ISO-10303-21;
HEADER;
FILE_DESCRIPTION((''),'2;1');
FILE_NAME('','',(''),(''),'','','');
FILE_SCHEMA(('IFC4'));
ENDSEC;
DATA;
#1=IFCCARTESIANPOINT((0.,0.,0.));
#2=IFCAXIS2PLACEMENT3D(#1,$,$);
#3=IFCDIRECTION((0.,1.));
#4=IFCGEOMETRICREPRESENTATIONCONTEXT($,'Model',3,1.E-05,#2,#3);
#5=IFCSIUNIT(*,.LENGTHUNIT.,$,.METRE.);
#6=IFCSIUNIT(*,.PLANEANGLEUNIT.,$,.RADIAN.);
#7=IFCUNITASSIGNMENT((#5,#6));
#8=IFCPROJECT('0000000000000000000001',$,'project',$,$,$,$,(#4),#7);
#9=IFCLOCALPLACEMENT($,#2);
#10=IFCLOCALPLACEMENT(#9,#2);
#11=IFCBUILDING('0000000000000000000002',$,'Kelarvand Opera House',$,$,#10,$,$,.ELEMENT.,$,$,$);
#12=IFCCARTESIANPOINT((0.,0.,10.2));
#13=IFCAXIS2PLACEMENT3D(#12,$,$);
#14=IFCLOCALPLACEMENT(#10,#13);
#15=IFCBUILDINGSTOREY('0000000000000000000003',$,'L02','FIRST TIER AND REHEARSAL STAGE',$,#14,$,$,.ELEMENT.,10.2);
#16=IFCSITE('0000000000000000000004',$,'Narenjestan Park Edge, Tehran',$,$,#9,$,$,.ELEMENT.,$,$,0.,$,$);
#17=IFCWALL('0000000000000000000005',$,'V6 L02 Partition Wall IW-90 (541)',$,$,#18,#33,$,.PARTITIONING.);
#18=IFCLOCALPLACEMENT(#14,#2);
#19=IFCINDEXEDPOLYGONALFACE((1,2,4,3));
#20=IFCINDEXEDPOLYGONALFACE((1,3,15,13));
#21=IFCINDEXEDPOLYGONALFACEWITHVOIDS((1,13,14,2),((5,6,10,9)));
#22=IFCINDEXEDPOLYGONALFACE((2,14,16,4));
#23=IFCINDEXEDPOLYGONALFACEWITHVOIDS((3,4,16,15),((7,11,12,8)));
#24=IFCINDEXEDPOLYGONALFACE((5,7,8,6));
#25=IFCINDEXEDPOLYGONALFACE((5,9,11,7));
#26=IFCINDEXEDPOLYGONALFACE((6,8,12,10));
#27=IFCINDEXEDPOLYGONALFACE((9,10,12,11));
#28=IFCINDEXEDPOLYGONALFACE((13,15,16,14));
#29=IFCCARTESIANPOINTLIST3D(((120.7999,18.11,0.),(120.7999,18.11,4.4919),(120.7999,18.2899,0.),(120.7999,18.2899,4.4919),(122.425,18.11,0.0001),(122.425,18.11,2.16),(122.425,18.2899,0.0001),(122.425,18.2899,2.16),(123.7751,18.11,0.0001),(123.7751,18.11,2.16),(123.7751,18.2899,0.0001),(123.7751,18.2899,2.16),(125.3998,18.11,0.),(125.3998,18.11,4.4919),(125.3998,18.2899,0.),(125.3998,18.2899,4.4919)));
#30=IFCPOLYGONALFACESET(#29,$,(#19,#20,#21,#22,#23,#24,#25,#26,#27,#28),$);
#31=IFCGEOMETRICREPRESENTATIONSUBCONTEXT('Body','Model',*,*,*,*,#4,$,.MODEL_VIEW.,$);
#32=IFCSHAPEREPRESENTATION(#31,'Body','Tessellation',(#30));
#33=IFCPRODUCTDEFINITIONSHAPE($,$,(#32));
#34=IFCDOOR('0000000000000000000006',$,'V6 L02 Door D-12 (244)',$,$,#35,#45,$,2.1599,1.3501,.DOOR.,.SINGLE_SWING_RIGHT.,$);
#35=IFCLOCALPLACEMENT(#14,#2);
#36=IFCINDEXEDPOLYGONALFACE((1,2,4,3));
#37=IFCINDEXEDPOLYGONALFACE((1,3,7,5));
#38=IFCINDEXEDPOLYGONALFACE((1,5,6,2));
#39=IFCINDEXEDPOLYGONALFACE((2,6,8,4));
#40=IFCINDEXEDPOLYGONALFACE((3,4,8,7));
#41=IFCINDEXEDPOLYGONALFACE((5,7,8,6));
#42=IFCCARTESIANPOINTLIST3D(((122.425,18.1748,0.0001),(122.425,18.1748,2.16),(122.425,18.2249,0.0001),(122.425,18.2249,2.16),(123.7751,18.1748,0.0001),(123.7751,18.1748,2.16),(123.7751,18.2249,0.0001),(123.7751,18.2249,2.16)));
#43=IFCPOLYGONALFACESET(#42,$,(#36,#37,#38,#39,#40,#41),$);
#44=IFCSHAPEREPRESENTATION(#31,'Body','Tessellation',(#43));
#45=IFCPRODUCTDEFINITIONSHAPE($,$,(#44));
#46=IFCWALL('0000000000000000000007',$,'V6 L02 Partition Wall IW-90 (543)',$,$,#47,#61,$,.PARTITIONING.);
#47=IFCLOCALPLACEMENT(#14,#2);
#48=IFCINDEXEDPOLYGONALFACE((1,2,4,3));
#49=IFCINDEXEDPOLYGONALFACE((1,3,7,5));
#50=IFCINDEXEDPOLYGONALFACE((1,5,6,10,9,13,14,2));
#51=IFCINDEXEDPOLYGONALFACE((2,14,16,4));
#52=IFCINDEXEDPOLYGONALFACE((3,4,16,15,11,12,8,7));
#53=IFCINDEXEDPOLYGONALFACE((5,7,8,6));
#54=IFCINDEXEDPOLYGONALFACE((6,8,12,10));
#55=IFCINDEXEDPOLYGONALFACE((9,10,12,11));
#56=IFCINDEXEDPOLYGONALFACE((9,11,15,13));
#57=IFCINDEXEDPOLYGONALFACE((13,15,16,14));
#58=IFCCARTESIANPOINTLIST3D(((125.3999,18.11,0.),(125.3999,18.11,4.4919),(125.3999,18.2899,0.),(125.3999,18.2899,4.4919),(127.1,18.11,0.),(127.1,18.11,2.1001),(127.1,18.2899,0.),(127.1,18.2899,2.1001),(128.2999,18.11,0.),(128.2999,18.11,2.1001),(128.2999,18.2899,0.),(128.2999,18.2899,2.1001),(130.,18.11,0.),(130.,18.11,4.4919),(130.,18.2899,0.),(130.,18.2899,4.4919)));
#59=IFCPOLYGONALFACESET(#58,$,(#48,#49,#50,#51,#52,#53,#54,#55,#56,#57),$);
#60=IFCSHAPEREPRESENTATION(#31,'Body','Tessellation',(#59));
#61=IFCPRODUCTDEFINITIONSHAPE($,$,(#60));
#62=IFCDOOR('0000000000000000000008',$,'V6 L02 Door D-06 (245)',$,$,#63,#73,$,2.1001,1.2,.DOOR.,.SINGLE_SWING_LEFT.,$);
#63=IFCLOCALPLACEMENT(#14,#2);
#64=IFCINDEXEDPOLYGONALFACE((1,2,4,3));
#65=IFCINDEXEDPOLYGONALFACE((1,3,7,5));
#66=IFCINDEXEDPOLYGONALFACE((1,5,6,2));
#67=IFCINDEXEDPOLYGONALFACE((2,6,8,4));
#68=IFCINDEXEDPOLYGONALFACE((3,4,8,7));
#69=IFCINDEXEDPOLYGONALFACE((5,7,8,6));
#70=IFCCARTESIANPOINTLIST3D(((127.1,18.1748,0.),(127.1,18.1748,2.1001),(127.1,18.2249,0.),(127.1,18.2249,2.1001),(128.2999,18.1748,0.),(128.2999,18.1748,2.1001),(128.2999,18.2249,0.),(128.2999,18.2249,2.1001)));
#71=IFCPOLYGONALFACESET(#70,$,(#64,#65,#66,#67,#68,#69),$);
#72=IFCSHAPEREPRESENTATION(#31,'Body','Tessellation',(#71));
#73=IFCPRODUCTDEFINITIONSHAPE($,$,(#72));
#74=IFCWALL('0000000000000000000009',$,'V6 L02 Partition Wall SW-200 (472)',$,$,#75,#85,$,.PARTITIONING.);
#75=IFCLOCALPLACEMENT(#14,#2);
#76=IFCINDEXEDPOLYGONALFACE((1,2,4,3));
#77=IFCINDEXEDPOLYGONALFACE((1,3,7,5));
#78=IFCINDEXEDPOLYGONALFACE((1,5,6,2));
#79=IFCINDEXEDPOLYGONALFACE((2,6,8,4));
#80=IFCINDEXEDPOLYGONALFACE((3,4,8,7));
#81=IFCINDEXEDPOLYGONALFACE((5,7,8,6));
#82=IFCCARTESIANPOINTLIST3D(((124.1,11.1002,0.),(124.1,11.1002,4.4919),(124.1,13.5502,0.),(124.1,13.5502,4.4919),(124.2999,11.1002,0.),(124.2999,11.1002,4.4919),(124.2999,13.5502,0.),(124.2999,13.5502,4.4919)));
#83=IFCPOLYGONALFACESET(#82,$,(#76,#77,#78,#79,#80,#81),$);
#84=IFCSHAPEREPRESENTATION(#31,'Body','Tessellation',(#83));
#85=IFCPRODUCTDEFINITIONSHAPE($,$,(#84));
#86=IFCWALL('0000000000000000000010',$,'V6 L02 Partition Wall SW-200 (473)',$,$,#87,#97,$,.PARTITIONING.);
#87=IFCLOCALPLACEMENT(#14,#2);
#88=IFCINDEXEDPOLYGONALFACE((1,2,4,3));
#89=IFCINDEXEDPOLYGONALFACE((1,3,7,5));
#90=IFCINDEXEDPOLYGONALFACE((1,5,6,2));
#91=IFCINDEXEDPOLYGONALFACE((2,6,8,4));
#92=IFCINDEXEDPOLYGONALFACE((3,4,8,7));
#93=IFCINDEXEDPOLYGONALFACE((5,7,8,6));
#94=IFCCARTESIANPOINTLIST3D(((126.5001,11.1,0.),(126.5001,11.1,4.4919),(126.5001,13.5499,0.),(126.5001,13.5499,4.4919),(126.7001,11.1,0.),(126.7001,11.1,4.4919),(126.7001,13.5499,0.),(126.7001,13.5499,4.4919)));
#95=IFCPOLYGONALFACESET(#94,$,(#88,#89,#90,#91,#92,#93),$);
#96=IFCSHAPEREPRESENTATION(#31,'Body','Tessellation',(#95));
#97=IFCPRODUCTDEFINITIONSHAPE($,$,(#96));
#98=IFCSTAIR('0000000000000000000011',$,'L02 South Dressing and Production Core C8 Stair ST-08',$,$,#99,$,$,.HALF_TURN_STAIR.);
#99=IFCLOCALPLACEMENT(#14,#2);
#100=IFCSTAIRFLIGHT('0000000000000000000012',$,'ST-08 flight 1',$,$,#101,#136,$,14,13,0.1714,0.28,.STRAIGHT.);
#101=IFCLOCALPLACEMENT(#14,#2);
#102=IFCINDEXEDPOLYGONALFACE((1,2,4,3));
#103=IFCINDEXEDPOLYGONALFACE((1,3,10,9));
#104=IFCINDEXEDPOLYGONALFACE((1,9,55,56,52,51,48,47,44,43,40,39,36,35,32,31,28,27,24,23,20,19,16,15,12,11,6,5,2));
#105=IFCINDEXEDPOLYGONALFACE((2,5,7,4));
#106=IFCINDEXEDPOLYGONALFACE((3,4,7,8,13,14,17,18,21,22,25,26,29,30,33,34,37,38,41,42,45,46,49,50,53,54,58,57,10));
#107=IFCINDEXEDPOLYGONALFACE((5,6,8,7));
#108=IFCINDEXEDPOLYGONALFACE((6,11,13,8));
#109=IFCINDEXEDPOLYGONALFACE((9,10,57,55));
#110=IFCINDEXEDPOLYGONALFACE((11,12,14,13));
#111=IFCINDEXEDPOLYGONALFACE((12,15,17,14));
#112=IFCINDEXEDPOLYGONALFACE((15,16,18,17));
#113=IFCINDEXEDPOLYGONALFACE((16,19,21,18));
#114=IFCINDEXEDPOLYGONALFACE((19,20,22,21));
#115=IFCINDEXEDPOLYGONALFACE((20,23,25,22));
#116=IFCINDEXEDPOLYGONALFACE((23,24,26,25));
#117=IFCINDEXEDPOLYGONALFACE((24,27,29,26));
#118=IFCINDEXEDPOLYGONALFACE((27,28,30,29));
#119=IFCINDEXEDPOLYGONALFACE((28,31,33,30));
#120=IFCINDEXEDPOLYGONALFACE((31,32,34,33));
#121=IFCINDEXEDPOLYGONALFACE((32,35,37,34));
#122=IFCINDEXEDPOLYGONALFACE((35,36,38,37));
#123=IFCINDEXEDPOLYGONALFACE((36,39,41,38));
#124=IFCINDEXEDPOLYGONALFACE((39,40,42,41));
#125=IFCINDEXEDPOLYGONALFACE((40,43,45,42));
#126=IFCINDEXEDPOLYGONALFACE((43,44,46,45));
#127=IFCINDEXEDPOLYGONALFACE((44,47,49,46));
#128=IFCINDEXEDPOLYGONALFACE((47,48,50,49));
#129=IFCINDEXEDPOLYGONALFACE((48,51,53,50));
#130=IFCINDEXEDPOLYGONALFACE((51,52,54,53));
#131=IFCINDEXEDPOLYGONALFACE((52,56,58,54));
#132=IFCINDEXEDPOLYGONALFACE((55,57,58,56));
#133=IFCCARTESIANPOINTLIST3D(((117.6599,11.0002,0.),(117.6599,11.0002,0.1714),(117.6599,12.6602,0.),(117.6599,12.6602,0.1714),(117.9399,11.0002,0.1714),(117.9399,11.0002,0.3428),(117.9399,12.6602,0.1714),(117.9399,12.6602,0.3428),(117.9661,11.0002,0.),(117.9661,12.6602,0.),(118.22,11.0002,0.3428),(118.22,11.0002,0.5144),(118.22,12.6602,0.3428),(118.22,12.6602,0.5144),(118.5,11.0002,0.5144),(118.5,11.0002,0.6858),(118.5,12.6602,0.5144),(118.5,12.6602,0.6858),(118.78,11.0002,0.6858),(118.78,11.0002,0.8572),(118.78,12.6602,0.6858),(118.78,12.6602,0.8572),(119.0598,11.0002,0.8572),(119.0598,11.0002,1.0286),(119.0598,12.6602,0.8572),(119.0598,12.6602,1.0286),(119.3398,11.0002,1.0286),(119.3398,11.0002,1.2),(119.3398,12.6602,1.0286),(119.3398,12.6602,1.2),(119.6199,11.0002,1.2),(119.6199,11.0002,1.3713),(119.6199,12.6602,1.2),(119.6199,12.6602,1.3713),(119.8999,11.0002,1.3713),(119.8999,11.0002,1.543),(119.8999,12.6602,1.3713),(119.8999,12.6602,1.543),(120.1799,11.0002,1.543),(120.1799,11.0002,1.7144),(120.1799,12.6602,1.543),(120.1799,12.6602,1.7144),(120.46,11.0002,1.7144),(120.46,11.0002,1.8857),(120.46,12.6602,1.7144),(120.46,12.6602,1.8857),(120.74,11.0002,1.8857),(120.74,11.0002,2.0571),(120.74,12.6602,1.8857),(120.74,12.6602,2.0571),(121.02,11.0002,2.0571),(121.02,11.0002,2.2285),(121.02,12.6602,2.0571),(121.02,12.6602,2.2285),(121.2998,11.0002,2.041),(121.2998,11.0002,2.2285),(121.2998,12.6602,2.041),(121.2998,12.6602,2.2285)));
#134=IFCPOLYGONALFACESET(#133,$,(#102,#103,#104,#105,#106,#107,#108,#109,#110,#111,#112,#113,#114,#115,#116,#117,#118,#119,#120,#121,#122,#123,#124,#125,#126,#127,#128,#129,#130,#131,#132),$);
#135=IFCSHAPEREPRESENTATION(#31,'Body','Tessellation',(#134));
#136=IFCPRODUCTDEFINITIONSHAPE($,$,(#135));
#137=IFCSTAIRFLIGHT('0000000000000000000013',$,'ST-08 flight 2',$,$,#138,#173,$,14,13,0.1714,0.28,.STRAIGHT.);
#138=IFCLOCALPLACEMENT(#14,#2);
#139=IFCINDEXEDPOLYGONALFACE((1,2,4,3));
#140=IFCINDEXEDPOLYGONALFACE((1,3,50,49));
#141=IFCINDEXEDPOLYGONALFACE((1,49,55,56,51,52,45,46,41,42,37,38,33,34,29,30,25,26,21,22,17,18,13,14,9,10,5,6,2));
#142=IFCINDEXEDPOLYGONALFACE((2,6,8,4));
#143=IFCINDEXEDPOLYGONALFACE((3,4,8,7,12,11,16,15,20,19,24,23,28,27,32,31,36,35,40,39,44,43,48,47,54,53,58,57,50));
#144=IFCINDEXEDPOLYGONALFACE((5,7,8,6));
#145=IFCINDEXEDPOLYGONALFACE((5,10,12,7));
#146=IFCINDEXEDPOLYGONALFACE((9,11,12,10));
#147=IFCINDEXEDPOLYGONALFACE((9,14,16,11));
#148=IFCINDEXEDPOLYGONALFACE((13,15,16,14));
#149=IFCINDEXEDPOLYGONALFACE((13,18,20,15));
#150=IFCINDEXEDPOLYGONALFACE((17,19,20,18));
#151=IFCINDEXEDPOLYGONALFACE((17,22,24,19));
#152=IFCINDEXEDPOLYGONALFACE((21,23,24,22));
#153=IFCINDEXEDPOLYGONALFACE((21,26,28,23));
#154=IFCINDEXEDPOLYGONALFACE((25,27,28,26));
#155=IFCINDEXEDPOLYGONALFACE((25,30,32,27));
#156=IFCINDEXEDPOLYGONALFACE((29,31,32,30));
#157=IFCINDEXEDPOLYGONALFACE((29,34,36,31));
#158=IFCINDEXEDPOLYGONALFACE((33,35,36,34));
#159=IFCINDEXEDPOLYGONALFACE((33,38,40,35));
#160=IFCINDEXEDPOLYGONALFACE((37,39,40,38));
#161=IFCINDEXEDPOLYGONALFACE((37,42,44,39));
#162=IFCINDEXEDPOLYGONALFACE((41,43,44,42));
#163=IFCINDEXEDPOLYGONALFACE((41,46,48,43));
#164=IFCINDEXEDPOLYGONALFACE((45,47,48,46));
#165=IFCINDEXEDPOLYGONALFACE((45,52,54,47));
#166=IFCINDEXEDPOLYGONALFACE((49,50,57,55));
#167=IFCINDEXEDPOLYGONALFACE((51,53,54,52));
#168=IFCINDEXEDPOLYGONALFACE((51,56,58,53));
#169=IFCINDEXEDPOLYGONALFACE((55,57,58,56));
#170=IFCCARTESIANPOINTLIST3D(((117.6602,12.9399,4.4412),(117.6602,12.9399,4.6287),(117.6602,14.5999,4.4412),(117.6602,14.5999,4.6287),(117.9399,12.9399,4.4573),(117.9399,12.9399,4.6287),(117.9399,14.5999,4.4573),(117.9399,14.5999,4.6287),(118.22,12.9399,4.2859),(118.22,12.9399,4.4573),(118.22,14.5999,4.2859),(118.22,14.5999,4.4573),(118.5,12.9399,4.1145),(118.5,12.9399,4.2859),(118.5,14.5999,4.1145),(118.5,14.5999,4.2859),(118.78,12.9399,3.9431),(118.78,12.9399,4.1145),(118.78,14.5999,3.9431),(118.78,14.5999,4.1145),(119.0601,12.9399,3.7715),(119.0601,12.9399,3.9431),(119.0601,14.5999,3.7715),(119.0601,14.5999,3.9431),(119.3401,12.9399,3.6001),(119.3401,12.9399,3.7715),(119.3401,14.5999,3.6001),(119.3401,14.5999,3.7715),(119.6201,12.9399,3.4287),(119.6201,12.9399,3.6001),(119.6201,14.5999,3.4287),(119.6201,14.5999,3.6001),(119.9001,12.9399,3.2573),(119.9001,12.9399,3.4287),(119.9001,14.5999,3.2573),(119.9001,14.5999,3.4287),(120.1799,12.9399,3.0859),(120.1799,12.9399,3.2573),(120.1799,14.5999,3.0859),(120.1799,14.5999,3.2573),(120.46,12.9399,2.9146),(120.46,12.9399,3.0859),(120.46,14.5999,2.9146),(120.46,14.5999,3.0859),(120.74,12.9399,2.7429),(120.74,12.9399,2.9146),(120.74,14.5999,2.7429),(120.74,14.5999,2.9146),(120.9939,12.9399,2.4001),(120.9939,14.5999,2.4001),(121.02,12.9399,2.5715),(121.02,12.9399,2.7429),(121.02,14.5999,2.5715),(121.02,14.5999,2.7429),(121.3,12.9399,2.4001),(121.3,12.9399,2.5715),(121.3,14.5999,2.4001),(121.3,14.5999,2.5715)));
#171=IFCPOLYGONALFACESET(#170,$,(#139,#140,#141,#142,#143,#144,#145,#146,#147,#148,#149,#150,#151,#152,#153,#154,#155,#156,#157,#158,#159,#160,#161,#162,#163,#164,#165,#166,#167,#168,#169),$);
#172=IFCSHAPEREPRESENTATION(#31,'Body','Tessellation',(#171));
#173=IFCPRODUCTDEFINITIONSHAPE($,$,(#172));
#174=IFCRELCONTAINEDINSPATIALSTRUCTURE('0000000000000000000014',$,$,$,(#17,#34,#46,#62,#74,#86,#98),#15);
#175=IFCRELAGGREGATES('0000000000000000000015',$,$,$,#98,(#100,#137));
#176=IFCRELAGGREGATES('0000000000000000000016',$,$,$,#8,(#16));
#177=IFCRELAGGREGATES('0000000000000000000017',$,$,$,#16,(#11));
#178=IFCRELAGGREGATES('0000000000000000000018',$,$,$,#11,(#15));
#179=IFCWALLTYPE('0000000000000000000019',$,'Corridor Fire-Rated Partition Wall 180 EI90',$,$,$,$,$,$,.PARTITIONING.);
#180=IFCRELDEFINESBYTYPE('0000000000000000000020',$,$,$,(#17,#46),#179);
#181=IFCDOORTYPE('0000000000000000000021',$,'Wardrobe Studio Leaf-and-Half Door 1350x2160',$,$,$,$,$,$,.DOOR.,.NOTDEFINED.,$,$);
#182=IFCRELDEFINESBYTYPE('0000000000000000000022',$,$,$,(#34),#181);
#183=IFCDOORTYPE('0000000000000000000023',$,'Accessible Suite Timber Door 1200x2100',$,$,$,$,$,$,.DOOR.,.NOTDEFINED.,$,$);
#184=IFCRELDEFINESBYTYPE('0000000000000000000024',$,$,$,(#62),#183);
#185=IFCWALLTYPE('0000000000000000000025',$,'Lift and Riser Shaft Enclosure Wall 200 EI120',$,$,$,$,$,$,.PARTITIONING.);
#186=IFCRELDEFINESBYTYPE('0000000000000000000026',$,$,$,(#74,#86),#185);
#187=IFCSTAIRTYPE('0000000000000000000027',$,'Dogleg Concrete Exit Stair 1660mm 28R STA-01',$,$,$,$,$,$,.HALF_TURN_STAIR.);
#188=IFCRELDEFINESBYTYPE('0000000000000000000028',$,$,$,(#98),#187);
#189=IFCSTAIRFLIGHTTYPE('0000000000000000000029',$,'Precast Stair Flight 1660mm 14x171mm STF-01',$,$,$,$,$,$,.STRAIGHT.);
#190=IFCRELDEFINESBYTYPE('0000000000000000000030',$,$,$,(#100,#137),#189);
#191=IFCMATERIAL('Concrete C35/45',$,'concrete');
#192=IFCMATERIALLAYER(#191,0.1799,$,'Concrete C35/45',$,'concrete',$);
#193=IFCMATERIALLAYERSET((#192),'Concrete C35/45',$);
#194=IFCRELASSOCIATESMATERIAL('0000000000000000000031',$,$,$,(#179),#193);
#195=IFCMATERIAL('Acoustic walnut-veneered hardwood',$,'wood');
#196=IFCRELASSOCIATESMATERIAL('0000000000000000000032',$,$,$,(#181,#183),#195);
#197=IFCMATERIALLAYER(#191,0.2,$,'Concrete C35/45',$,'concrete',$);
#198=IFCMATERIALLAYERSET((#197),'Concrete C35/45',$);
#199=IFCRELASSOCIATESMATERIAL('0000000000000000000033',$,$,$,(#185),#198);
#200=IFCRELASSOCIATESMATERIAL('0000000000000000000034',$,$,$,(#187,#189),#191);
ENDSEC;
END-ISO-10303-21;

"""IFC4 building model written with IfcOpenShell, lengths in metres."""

from ifc_helpers import new_model, si_unit, direction, frame, frame_2d, origin, place, context, subcontext, project, spatial, polyline, rectangle, outline, extrude, material, layer, layer_set, type_object, element, fill, aggregate, save


model = new_model("IFC4")

# Units and contexts
model_context = context("Model", 3, precision=1e-05, world=origin(), true_north=direction((0.0, 1.0)))
body_context = subcontext(model_context, "Body", "Model", "MODEL_VIEW")
ifc_project = project(units=[si_unit("LENGTHUNIT", "METRE"), si_unit("PLANEANGLEUNIT", "RADIAN")], contexts=[model_context])

# Site, building, storey
site_placement = place(None, origin())
site = spatial("IfcSite", under=ifc_project, at=site_placement, Name="Narenjestan Park Edge, Tehran", CompositionType="ELEMENT", RefElevation=0.0)
building_placement = place(site_placement, origin())
building = spatial("IfcBuilding", under=site, at=building_placement, Name="Kelarvand Opera House", CompositionType="ELEMENT")
storey_placement = place(building_placement, frame((0.0, 0.0, 10.2)))
storey = spatial("IfcBuildingStorey", under=building, at=storey_placement, Name="L02", Description="FIRST TIER AND REHEARSAL STAGE", CompositionType="ELEMENT", Elevation=10.2)

# Walls, openings, doors
ifc_material_1 = material(Name="Concrete C35/45", Category="concrete")
ifc_layer_1 = layer(ifc_material_1, 0.1799, Name="Concrete C35/45", Category="concrete")
ifc_layer_set_1 = layer_set([ifc_layer_1], Name="Concrete C35/45")
wall_type_1 = type_object("IfcWallType", Name="Corridor Fire-Rated Partition Wall 180 EI90", PredefinedType="PARTITIONING", material=ifc_layer_set_1)
ifc_material_2 = material(Name="Acoustic walnut-veneered hardwood", Category="wood")
wall_1_placement = place(storey_placement, frame((120.8, 18.2, 0.0), z_axis=(0.0, 0.0, 1.0), x_axis=(1.0, 0.0, 0.0)))
wall_1 = element("IfcWall", 1, at=wall_1_placement, inside=storey, type_object=wall_type_1, Name="V6 L02 Partition Wall IW-90 (541)", PredefinedType="PARTITIONING", context=body_context, shape_type="SweptSolid", body=[
    extrude(rectangle(XDim=4.5999, YDim=0.1799, at=frame_2d((2.2998, 0.0))), origin(), (0.0, 0.0, 1.0), 4.4919),
])
opening_1_placement = place(wall_1_placement, frame((1.625, 0.0, 0.0)))
opening_1 = element("IfcOpeningElement", 2, at=opening_1_placement, cuts=wall_1, PredefinedType="OPENING", context=body_context, shape_type="SweptSolid", body=[
    extrude(rectangle(XDim=1.3501, YDim=2.1599, at=frame_2d((0.675, 1.0801))), frame((0.0, 0.1001, 0.0), z_axis=(0.0, -1.0, 0.0), x_axis=(1.0, 0.0, 0.0)), (0.0, 0.0, 1.0), 0.2),
])
door_type_1 = type_object("IfcDoorType", Name="Wardrobe Studio Leaf-and-Half Door 1350x2160", OperationType="NOTDEFINED", PredefinedType="DOOR", material=ifc_material_2)
door_1_placement = place(opening_1_placement, origin())
door_1 = element("IfcDoor", 3, at=door_1_placement, inside=storey, type_object=door_type_1, Name="V6 L02 Door D-12 (244)", OperationType="SINGLE_SWING_RIGHT", OverallHeight=2.1599, OverallWidth=1.3501, PredefinedType="DOOR", context=body_context, shape_type="SweptSolid", body=[
    extrude(rectangle(XDim=1.3501, YDim=2.1599, at=frame_2d((0.675, 1.0801))), frame((0.0, 0.0249, 0.0), z_axis=(0.0, -1.0, 0.0), x_axis=(1.0, 0.0, 0.0)), (0.0, 0.0, 1.0), 0.05),
])
fill(opening_1, door_1)
wall_2_placement = place(storey_placement, frame((125.3999, 18.2, 0.0), z_axis=(0.0, 0.0, 1.0), x_axis=(1.0, 0.0, 0.0)))
wall_2 = element("IfcWall", 4, at=wall_2_placement, inside=storey, type_object=wall_type_1, Name="V6 L02 Partition Wall IW-90 (543)", PredefinedType="PARTITIONING", context=body_context, shape_type="SweptSolid", body=[
    extrude(rectangle(XDim=4.6001, YDim=0.1799, at=frame_2d((2.3, 0.0))), origin(), (0.0, 0.0, 1.0), 4.4919),
])
opening_2_placement = place(wall_2_placement, frame((1.7, 0.0, 0.0)))
opening_2 = element("IfcOpeningElement", 5, at=opening_2_placement, cuts=wall_2, PredefinedType="OPENING", context=body_context, shape_type="SweptSolid", body=[
    extrude(rectangle(XDim=1.2, YDim=2.1001, at=frame_2d((0.6001, 1.05))), frame((0.0, 0.1001, 0.0), z_axis=(0.0, -1.0, 0.0), x_axis=(1.0, 0.0, 0.0)), (0.0, 0.0, 1.0), 0.2),
])
door_type_2 = type_object("IfcDoorType", Name="Accessible Suite Timber Door 1200x2100", OperationType="NOTDEFINED", PredefinedType="DOOR", material=ifc_material_2)
door_2_placement = place(opening_2_placement, origin())
door_2 = element("IfcDoor", 6, at=door_2_placement, inside=storey, type_object=door_type_2, Name="V6 L02 Door D-06 (245)", OperationType="SINGLE_SWING_LEFT", OverallHeight=2.1001, OverallWidth=1.2, PredefinedType="DOOR", context=body_context, shape_type="SweptSolid", body=[
    extrude(rectangle(XDim=1.2, YDim=2.1001, at=frame_2d((0.6001, 1.05))), frame((0.0, 0.0249, 0.0), z_axis=(0.0, -1.0, 0.0), x_axis=(1.0, 0.0, 0.0)), (0.0, 0.0, 1.0), 0.05),
])
fill(opening_2, door_2)
ifc_layer_2 = layer(ifc_material_1, 0.2, Name="Concrete C35/45", Category="concrete")
ifc_layer_set_2 = layer_set([ifc_layer_2], Name="Concrete C35/45")
wall_type_2 = type_object("IfcWallType", Name="Lift and Riser Shaft Enclosure Wall 200 EI120", PredefinedType="PARTITIONING", material=ifc_layer_set_2)

# Walls
for number, where, z_axis, x_axis, name in (
    (7, (124.2, 11.1001, 0.0), (0.0, 0.0, 1.0), (0.0, 1.0, 0.0), "V6 L02 Partition Wall SW-200 (472)"),
    (8, (126.6001, 13.55, 0.0), (0.0, 0.0, 1.0), (0.0, -1.0, 0.0), "V6 L02 Partition Wall SW-200 (473)"),
):
    element("IfcWall", number, at=place(storey_placement, frame(where, z_axis=z_axis, x_axis=x_axis)), inside=storey, type_object=wall_type_2, Name=name, PredefinedType="PARTITIONING", context=body_context, shape_type="SweptSolid", body=[
        extrude(rectangle(XDim=2.45, YDim=0.2, at=frame_2d((1.2251, 0.0))), origin(), (0.0, 0.0, 1.0), 4.4919),
    ])

# Stair, stair flights
stair_type = type_object("IfcStairType", Name="Dogleg Concrete Exit Stair 1660mm 28R STA-01", PredefinedType="HALF_TURN_STAIR", material=ifc_material_1)
stair_placement = place(storey_placement, origin())
stair = element("IfcStair", 9, at=stair_placement, inside=storey, type_object=stair_type, Name="L02 South Dressing and Production Core C8 Stair ST-08", PredefinedType="HALF_TURN_STAIR")
stair_flight_type = type_object("IfcStairFlightType", Name="Precast Stair Flight 1660mm 14x171mm STF-01", PredefinedType="STRAIGHT", material=ifc_material_1)
stair_flight_1_placement = place(storey_placement, frame((117.6599, 11.8301, 0.0), z_axis=(0.0, 0.0, 1.0), x_axis=(1.0, 0.0, 0.0)))
stair_flight_1 = element("IfcStairFlight", 10, at=stair_flight_1_placement, type_object=stair_flight_type, Name="ST-08 flight 1", NumberOfRisers=14, NumberOfTreads=13, PredefinedType="STRAIGHT", RiserHeight=0.1714, TreadLength=0.28, context=body_context, shape_type="SweptSolid", body=[
    extrude(outline(polyline([(0.0, 0.0), (0.0, 0.1714), (0.28, 0.1714), (0.28, 0.3428), (0.5601, 0.3428), (0.5601, 0.5144), (0.8401, 0.5144), (0.8401, 0.6858), (1.1201, 0.6858), (1.1201, 0.8572), (1.3999, 0.8572), (1.3999, 1.0286), (1.6799, 1.0286), (1.6799, 1.2), (1.96, 1.2), (1.96, 1.3713), (2.24, 1.3713), (2.24, 1.543), (2.52, 1.543), (2.52, 1.7144), (2.8, 1.7144), (2.8, 1.8857), (3.0801, 1.8857), (3.0801, 2.0571), (3.3601, 2.0571), (3.3601, 2.2285), (3.6399, 2.2285), (3.6399, 2.3999), (3.6399, 2.041), (0.3062, 0.0), (0.0, 0.0)])), frame((0.0, 0.8301, 0.0), z_axis=(0.0, -1.0, 0.0), x_axis=(1.0, 0.0, 0.0)), (0.0, 0.0, 1.0), 1.6599),
])
stair_flight_2_placement = place(storey_placement, frame((121.3, 13.77, 2.4001), z_axis=(0.0, 0.0, 1.0), x_axis=(-1.0, 0.0, 0.0)))
stair_flight_2 = element("IfcStairFlight", 11, at=stair_flight_2_placement, type_object=stair_flight_type, Name="ST-08 flight 2", NumberOfRisers=14, NumberOfTreads=13, PredefinedType="STRAIGHT", RiserHeight=0.1714, TreadLength=0.28, context=body_context, shape_type="SweptSolid", body=[
    extrude(outline(polyline([(0.0, 0.0), (0.0, 0.1714), (0.28, 0.1714), (0.28, 0.3428), (0.5601, 0.3428), (0.5601, 0.5144), (0.8401, 0.5144), (0.8401, 0.6858), (1.1201, 0.6858), (1.1201, 0.8572), (1.3999, 0.8572), (1.3999, 1.0286), (1.6799, 1.0286), (1.6799, 1.2), (1.96, 1.2), (1.96, 1.3713), (2.24, 1.3713), (2.24, 1.543), (2.52, 1.543), (2.52, 1.7144), (2.8, 1.7144), (2.8, 1.8857), (3.0801, 1.8857), (3.0801, 2.0571), (3.3601, 2.0571), (3.3601, 2.2285), (3.6399, 2.2285), (3.6399, 2.3999), (3.6399, 2.041), (0.3062, 0.0), (0.0, 0.0)])), frame((0.0, 0.8301, 0.0), z_axis=(0.0, -1.0, 0.0), x_axis=(1.0, 0.0, 0.0)), (0.0, 0.0, 1.0), 1.6599),
])
aggregate(stair, [stair_flight_1, stair_flight_2])

save(model, "model.ifc")
